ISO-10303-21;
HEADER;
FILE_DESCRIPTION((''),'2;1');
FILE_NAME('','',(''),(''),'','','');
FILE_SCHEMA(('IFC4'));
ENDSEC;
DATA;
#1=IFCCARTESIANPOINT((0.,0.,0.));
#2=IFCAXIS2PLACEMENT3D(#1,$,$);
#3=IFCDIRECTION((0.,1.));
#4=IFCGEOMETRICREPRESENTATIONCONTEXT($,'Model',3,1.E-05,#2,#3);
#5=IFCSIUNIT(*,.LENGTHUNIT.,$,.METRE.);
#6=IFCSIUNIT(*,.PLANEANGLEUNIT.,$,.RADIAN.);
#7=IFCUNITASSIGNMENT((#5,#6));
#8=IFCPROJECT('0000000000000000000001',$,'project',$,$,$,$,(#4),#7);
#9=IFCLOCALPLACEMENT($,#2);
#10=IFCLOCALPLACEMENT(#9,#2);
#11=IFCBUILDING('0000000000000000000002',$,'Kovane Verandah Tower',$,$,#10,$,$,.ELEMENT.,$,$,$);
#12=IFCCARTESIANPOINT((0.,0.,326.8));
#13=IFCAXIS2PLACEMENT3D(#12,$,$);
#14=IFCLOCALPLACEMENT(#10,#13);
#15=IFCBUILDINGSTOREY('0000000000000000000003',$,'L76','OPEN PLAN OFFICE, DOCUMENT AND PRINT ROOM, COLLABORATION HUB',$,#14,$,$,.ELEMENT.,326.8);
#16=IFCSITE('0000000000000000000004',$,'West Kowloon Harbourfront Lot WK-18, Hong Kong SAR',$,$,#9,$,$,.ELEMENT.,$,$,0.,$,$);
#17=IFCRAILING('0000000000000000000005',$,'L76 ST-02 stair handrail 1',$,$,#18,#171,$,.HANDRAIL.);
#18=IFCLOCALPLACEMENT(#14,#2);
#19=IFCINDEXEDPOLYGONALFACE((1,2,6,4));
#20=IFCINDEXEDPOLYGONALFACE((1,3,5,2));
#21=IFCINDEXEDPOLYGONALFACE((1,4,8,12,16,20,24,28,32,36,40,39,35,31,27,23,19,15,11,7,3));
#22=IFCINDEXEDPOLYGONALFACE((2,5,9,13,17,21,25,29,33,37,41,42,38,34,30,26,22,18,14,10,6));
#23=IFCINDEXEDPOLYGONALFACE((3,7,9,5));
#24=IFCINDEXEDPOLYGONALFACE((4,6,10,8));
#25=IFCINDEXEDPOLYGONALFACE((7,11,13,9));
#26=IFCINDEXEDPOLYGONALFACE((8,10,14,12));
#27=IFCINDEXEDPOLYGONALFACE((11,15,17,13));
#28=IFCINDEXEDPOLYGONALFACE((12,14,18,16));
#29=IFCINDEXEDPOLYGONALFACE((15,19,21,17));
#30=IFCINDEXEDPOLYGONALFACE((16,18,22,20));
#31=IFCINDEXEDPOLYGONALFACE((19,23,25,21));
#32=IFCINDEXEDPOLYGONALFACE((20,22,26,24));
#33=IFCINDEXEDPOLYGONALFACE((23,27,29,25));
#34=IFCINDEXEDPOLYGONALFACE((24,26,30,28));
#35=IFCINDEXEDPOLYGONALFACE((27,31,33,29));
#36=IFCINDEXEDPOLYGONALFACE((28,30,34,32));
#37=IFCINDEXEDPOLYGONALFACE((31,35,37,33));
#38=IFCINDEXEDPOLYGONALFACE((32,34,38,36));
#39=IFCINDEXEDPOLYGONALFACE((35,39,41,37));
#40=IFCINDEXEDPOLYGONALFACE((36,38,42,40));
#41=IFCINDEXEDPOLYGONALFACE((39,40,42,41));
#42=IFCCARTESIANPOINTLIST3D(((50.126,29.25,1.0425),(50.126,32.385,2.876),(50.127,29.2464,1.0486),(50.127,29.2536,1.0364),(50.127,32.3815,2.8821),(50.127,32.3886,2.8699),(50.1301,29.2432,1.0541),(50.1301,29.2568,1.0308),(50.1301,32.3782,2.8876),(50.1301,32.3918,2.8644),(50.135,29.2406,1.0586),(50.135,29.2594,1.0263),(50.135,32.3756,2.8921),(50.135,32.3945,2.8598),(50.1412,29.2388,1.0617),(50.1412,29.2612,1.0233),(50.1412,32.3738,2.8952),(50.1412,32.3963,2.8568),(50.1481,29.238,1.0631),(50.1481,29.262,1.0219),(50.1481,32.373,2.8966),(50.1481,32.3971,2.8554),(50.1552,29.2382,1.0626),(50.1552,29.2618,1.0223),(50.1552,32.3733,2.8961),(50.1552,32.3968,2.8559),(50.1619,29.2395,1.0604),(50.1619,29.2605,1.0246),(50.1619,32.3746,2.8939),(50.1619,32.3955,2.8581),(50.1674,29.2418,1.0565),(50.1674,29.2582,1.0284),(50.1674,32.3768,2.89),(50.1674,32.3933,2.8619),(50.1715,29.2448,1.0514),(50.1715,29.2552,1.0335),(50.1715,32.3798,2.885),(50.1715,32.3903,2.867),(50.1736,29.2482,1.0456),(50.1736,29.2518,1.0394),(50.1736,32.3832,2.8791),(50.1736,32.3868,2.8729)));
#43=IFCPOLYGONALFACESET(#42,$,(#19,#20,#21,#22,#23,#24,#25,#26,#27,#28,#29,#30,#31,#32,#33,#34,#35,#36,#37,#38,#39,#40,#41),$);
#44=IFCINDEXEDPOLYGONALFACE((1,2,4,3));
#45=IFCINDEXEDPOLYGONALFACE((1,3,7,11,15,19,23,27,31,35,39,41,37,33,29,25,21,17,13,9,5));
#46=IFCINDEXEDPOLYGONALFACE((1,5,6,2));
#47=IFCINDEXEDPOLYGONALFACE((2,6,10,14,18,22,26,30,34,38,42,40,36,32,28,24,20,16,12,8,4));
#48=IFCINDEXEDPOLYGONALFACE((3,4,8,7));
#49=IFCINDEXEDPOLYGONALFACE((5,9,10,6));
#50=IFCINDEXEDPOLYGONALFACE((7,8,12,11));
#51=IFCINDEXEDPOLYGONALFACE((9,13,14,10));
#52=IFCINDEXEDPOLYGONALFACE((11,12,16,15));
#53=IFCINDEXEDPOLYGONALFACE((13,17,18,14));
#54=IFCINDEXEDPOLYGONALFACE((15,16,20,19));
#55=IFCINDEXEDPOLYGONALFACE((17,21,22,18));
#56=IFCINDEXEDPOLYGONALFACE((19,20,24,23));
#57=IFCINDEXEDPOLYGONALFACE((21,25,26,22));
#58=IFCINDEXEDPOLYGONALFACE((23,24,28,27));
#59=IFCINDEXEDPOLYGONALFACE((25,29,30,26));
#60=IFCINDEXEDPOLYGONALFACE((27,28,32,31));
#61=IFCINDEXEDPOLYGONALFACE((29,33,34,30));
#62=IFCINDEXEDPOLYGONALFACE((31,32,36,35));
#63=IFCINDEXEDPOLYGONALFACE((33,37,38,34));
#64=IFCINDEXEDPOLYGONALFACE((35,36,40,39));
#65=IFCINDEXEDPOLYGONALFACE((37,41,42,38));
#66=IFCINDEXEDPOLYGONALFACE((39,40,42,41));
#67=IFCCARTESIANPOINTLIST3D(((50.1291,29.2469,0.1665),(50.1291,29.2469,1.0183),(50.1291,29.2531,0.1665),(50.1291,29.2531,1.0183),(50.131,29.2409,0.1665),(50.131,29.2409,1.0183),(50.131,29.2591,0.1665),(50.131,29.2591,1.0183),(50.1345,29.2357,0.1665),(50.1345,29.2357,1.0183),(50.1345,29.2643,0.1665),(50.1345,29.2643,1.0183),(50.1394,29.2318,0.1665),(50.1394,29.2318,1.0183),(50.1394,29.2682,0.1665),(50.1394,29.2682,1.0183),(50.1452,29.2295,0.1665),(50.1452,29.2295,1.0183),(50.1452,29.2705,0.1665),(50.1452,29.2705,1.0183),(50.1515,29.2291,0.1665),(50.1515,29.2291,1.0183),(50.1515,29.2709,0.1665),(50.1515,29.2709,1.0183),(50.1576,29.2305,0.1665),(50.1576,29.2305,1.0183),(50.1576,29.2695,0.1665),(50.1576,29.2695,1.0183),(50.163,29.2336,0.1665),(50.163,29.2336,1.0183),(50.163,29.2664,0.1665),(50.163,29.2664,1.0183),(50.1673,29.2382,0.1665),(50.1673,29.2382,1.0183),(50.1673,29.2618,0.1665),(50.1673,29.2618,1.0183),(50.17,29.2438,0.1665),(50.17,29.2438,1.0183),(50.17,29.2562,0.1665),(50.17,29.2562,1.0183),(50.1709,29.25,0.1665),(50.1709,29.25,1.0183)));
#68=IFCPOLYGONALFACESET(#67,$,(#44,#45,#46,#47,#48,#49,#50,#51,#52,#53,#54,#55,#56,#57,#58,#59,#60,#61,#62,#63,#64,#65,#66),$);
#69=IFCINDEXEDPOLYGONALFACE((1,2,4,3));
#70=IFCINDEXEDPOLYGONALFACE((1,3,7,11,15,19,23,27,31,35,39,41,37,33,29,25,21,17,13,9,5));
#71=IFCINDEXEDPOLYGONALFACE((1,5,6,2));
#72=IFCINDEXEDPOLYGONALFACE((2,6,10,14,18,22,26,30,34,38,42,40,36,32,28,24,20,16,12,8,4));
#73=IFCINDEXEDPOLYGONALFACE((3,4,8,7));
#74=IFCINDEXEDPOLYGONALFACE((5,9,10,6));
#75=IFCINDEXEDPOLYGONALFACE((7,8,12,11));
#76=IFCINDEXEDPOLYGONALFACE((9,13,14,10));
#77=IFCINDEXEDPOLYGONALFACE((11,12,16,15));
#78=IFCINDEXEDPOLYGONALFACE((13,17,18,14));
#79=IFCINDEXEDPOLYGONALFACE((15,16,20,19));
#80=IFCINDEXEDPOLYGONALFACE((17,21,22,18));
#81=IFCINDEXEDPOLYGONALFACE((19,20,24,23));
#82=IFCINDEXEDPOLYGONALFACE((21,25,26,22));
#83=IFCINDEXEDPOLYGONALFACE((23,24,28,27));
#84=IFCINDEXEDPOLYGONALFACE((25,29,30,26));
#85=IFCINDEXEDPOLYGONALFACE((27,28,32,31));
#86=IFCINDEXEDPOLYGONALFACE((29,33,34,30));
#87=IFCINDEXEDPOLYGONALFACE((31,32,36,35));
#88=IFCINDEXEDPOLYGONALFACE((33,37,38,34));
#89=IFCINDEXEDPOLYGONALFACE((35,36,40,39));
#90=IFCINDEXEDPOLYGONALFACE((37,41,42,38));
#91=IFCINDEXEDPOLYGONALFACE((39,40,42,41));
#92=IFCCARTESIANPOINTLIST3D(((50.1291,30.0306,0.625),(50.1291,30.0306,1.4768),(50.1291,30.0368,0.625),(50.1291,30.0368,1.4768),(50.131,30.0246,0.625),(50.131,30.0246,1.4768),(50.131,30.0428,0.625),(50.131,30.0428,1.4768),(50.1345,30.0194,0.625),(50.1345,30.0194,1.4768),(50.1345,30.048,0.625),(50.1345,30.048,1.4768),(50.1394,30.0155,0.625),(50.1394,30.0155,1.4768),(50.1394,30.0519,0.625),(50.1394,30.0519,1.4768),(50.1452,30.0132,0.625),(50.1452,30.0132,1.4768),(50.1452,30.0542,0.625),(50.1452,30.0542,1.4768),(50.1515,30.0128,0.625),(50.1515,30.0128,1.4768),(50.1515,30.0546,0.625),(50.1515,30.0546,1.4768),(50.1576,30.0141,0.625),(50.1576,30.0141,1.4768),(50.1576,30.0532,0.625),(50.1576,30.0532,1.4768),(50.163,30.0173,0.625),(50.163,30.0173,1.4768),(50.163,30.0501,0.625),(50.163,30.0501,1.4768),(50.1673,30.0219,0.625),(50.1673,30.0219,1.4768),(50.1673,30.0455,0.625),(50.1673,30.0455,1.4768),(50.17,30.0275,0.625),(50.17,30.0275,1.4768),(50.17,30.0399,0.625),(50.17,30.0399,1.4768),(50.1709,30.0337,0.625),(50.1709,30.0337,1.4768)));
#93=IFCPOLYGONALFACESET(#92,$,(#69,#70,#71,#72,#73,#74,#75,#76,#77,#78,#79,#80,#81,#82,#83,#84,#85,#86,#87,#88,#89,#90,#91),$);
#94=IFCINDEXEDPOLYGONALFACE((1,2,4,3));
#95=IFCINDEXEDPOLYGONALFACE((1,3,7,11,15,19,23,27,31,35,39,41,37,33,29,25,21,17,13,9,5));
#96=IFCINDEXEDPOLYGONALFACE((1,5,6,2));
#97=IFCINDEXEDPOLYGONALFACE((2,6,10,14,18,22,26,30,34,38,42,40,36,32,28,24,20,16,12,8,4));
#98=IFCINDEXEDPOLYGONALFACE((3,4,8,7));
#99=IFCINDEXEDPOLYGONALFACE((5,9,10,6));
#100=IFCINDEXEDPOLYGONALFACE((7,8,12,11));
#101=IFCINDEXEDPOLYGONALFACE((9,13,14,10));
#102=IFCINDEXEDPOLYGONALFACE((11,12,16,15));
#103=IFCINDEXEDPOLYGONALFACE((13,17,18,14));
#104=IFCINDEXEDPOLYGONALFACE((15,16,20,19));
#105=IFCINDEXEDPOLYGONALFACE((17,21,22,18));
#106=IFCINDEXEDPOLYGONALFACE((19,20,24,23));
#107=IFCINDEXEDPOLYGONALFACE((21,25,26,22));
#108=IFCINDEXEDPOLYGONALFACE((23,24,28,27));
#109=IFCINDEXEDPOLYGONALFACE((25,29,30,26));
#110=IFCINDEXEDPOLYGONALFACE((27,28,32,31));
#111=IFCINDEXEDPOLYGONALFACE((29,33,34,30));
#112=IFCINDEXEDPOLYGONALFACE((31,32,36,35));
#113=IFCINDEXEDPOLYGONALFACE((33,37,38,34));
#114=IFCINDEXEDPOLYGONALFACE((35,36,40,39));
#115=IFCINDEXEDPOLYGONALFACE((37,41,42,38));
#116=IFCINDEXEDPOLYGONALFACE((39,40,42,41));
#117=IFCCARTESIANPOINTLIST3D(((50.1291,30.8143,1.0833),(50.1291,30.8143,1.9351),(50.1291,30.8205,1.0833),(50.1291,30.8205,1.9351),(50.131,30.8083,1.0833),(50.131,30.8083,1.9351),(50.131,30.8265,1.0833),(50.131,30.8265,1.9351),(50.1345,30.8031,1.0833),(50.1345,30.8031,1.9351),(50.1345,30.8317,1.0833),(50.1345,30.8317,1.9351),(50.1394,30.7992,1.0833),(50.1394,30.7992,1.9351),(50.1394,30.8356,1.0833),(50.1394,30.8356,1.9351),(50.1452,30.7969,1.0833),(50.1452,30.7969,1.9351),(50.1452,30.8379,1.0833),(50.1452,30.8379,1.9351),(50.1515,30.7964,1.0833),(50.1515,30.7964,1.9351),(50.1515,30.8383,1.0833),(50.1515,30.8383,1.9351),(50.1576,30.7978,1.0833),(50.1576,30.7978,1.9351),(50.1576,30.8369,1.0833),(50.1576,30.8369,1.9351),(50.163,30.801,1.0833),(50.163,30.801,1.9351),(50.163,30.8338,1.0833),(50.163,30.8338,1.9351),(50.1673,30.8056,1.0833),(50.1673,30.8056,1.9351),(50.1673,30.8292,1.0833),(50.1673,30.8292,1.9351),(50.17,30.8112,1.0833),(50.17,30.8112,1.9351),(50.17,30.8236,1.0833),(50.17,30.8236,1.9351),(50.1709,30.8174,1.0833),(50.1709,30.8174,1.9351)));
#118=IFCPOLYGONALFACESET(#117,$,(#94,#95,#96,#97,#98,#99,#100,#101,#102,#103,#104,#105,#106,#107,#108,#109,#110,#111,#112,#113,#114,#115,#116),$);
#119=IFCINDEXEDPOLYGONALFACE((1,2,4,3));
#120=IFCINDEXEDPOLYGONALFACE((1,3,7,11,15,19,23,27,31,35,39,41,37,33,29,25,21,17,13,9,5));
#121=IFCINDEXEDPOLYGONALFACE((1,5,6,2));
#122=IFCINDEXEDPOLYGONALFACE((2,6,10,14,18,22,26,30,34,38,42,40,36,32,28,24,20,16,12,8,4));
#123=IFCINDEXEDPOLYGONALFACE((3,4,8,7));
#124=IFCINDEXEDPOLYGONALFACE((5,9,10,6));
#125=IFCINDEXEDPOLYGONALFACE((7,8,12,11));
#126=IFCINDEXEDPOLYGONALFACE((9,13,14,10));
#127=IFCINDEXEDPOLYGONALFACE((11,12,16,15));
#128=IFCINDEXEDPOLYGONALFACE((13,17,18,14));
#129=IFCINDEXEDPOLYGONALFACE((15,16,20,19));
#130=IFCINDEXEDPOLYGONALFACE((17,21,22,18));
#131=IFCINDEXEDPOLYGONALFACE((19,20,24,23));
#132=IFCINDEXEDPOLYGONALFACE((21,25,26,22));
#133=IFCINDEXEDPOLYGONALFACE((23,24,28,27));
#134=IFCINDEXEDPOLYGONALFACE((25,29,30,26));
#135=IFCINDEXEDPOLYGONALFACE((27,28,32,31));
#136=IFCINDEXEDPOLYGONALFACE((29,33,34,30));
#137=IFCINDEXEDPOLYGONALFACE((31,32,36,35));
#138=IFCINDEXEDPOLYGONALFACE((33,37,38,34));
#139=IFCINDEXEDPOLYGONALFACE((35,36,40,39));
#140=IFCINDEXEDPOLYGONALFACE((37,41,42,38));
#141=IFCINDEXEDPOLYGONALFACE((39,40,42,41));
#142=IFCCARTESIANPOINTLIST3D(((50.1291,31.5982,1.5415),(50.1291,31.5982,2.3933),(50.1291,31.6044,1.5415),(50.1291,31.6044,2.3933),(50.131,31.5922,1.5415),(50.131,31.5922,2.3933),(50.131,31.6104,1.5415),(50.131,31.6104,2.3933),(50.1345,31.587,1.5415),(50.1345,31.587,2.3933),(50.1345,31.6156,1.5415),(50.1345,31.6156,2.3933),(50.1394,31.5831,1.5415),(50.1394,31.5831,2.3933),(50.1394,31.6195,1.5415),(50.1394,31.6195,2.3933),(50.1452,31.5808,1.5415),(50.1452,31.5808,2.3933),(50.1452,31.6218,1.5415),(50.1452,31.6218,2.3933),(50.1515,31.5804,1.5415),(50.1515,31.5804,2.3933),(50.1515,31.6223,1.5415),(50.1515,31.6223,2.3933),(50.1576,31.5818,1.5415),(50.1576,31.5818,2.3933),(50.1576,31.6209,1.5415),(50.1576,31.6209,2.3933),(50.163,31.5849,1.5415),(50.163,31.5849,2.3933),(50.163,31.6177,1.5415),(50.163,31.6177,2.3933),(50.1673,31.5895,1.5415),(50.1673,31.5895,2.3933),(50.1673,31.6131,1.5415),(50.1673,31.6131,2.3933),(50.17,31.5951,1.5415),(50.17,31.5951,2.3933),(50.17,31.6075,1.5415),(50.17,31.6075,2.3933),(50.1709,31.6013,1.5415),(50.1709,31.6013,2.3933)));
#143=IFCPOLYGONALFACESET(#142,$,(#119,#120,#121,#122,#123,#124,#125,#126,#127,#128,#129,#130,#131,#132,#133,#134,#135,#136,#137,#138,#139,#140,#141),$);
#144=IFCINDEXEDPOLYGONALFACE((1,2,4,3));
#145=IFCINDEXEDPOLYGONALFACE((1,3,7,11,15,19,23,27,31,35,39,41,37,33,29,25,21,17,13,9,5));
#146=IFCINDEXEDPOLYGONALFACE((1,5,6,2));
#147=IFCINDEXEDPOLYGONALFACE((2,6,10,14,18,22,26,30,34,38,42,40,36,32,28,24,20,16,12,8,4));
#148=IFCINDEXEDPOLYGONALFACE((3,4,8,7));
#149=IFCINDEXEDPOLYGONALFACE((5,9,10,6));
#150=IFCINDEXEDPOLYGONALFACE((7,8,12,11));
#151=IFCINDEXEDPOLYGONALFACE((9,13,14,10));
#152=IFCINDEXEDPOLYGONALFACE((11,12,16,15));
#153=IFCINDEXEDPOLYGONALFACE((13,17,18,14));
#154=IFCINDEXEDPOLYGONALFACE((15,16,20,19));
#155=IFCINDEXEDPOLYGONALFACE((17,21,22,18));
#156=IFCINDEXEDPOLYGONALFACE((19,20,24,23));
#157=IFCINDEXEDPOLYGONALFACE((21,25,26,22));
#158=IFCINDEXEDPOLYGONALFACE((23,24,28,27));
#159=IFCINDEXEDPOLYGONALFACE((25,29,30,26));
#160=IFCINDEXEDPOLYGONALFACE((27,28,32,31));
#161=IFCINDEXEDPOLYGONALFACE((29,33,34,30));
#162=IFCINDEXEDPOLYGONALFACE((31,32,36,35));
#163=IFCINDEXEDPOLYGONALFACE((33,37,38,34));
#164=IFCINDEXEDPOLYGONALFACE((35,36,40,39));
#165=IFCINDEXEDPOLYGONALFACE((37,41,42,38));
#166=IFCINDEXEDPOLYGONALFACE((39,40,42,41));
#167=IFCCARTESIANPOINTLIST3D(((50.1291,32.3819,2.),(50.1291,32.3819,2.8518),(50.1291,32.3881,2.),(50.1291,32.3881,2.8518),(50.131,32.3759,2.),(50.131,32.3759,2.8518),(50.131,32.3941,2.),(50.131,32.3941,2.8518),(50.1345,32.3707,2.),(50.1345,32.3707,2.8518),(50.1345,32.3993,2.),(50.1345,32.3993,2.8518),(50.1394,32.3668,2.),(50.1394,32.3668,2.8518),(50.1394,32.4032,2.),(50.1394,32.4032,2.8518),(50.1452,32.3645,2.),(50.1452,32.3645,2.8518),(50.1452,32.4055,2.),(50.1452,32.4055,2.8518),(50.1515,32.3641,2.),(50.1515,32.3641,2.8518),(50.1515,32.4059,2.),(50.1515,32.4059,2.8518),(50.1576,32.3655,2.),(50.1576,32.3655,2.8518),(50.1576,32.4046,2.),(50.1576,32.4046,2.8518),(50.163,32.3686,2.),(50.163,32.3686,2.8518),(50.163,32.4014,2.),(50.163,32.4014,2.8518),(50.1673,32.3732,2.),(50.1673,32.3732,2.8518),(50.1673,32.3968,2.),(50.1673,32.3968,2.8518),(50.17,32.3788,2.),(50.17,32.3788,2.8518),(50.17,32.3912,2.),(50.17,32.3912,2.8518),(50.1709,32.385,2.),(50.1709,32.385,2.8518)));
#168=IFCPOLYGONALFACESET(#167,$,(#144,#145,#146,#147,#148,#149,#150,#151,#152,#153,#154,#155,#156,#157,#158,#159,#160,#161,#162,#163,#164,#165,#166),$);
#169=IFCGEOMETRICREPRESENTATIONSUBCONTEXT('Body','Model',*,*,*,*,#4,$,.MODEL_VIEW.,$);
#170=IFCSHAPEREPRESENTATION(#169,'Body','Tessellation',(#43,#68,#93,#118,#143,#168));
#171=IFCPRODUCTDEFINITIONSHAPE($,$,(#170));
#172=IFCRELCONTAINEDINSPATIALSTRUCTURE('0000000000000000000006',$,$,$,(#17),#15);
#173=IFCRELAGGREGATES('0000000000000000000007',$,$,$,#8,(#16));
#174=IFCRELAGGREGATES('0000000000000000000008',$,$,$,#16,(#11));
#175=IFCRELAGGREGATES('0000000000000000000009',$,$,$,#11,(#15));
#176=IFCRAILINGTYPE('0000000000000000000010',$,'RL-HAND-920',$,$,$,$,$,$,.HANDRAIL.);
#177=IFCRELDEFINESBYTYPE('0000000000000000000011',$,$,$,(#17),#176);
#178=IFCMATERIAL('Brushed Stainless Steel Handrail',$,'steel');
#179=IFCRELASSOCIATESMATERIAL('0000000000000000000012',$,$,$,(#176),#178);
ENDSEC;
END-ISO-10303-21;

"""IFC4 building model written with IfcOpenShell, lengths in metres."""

from ifc_helpers import new_model, si_unit, direction, frame, origin, origin_2d, place, context, subcontext, project, spatial, circle, extrude, material, type_object, element, save


model = new_model("IFC4")

# Units and contexts
model_context = context("Model", 3, precision=1e-05, world=origin(), true_north=direction((0.0, 1.0)))
body_context = subcontext(model_context, "Body", "Model", "MODEL_VIEW")
ifc_project = project(units=[si_unit("LENGTHUNIT", "METRE"), si_unit("PLANEANGLEUNIT", "RADIAN")], contexts=[model_context])

# Site, building, storey
site_placement = place(None, origin())
site = spatial("IfcSite", under=ifc_project, at=site_placement, Name="West Kowloon Harbourfront Lot WK-18, Hong Kong SAR", CompositionType="ELEMENT", RefElevation=0.0)
building_placement = place(site_placement, origin())
building = spatial("IfcBuilding", under=site, at=building_placement, Name="Kovane Verandah Tower", CompositionType="ELEMENT")
storey_placement = place(building_placement, frame((0.0, 0.0, 326.8)))
storey = spatial("IfcBuildingStorey", under=building, at=storey_placement, Name="L76", Description="OPEN PLAN OFFICE, DOCUMENT AND PRINT ROOM, COLLABORATION HUB", CompositionType="ELEMENT", Elevation=326.8)

# Railing
ifc_material_1 = material(Name="Brushed Stainless Steel Handrail", Category="steel")
railing_type_1 = type_object("IfcRailingType", Name="RL-HAND-920", PredefinedType="HANDRAIL", material=ifc_material_1)
railing_1_placement = place(storey_placement, frame((50.1499, 29.25, 0.1665)))
element("IfcRailing", 1, at=railing_1_placement, inside=storey, type_object=railing_type_1, Name="L76 ST-02 stair handrail 1", PredefinedType="HANDRAIL", context=body_context, shape_type="SweptSolid", body=[
    extrude(circle(Radius=0.0239, at=origin_2d()), frame((0.0, 0.0, 0.876), z_axis=(0.0, 0.86321, 0.504845), x_axis=(-1.0, 0.0, 0.0)), (0.0, 0.0, 1.0), 3.6318),
    extrude(circle(Radius=0.021, at=origin_2d()), origin(), (0.0, 0.0, 1.0), 0.8518),
    extrude(circle(Radius=0.021, at=origin_2d()), frame((0.0, 0.7837, 0.4585)), (0.0, 0.0, 1.0), 0.8518),
    extrude(circle(Radius=0.021, at=origin_2d()), frame((0.0, 1.5674, 0.9167)), (0.0, 0.0, 1.0), 0.8518),
    extrude(circle(Radius=0.021, at=origin_2d()), frame((0.0, 2.3513, 1.375)), (0.0, 0.0, 1.0), 0.8518),
    extrude(circle(Radius=0.021, at=origin_2d()), frame((0.0, 3.135, 1.8335)), (0.0, 0.0, 1.0), 0.8518),
])

save(model, "model.ifc")
